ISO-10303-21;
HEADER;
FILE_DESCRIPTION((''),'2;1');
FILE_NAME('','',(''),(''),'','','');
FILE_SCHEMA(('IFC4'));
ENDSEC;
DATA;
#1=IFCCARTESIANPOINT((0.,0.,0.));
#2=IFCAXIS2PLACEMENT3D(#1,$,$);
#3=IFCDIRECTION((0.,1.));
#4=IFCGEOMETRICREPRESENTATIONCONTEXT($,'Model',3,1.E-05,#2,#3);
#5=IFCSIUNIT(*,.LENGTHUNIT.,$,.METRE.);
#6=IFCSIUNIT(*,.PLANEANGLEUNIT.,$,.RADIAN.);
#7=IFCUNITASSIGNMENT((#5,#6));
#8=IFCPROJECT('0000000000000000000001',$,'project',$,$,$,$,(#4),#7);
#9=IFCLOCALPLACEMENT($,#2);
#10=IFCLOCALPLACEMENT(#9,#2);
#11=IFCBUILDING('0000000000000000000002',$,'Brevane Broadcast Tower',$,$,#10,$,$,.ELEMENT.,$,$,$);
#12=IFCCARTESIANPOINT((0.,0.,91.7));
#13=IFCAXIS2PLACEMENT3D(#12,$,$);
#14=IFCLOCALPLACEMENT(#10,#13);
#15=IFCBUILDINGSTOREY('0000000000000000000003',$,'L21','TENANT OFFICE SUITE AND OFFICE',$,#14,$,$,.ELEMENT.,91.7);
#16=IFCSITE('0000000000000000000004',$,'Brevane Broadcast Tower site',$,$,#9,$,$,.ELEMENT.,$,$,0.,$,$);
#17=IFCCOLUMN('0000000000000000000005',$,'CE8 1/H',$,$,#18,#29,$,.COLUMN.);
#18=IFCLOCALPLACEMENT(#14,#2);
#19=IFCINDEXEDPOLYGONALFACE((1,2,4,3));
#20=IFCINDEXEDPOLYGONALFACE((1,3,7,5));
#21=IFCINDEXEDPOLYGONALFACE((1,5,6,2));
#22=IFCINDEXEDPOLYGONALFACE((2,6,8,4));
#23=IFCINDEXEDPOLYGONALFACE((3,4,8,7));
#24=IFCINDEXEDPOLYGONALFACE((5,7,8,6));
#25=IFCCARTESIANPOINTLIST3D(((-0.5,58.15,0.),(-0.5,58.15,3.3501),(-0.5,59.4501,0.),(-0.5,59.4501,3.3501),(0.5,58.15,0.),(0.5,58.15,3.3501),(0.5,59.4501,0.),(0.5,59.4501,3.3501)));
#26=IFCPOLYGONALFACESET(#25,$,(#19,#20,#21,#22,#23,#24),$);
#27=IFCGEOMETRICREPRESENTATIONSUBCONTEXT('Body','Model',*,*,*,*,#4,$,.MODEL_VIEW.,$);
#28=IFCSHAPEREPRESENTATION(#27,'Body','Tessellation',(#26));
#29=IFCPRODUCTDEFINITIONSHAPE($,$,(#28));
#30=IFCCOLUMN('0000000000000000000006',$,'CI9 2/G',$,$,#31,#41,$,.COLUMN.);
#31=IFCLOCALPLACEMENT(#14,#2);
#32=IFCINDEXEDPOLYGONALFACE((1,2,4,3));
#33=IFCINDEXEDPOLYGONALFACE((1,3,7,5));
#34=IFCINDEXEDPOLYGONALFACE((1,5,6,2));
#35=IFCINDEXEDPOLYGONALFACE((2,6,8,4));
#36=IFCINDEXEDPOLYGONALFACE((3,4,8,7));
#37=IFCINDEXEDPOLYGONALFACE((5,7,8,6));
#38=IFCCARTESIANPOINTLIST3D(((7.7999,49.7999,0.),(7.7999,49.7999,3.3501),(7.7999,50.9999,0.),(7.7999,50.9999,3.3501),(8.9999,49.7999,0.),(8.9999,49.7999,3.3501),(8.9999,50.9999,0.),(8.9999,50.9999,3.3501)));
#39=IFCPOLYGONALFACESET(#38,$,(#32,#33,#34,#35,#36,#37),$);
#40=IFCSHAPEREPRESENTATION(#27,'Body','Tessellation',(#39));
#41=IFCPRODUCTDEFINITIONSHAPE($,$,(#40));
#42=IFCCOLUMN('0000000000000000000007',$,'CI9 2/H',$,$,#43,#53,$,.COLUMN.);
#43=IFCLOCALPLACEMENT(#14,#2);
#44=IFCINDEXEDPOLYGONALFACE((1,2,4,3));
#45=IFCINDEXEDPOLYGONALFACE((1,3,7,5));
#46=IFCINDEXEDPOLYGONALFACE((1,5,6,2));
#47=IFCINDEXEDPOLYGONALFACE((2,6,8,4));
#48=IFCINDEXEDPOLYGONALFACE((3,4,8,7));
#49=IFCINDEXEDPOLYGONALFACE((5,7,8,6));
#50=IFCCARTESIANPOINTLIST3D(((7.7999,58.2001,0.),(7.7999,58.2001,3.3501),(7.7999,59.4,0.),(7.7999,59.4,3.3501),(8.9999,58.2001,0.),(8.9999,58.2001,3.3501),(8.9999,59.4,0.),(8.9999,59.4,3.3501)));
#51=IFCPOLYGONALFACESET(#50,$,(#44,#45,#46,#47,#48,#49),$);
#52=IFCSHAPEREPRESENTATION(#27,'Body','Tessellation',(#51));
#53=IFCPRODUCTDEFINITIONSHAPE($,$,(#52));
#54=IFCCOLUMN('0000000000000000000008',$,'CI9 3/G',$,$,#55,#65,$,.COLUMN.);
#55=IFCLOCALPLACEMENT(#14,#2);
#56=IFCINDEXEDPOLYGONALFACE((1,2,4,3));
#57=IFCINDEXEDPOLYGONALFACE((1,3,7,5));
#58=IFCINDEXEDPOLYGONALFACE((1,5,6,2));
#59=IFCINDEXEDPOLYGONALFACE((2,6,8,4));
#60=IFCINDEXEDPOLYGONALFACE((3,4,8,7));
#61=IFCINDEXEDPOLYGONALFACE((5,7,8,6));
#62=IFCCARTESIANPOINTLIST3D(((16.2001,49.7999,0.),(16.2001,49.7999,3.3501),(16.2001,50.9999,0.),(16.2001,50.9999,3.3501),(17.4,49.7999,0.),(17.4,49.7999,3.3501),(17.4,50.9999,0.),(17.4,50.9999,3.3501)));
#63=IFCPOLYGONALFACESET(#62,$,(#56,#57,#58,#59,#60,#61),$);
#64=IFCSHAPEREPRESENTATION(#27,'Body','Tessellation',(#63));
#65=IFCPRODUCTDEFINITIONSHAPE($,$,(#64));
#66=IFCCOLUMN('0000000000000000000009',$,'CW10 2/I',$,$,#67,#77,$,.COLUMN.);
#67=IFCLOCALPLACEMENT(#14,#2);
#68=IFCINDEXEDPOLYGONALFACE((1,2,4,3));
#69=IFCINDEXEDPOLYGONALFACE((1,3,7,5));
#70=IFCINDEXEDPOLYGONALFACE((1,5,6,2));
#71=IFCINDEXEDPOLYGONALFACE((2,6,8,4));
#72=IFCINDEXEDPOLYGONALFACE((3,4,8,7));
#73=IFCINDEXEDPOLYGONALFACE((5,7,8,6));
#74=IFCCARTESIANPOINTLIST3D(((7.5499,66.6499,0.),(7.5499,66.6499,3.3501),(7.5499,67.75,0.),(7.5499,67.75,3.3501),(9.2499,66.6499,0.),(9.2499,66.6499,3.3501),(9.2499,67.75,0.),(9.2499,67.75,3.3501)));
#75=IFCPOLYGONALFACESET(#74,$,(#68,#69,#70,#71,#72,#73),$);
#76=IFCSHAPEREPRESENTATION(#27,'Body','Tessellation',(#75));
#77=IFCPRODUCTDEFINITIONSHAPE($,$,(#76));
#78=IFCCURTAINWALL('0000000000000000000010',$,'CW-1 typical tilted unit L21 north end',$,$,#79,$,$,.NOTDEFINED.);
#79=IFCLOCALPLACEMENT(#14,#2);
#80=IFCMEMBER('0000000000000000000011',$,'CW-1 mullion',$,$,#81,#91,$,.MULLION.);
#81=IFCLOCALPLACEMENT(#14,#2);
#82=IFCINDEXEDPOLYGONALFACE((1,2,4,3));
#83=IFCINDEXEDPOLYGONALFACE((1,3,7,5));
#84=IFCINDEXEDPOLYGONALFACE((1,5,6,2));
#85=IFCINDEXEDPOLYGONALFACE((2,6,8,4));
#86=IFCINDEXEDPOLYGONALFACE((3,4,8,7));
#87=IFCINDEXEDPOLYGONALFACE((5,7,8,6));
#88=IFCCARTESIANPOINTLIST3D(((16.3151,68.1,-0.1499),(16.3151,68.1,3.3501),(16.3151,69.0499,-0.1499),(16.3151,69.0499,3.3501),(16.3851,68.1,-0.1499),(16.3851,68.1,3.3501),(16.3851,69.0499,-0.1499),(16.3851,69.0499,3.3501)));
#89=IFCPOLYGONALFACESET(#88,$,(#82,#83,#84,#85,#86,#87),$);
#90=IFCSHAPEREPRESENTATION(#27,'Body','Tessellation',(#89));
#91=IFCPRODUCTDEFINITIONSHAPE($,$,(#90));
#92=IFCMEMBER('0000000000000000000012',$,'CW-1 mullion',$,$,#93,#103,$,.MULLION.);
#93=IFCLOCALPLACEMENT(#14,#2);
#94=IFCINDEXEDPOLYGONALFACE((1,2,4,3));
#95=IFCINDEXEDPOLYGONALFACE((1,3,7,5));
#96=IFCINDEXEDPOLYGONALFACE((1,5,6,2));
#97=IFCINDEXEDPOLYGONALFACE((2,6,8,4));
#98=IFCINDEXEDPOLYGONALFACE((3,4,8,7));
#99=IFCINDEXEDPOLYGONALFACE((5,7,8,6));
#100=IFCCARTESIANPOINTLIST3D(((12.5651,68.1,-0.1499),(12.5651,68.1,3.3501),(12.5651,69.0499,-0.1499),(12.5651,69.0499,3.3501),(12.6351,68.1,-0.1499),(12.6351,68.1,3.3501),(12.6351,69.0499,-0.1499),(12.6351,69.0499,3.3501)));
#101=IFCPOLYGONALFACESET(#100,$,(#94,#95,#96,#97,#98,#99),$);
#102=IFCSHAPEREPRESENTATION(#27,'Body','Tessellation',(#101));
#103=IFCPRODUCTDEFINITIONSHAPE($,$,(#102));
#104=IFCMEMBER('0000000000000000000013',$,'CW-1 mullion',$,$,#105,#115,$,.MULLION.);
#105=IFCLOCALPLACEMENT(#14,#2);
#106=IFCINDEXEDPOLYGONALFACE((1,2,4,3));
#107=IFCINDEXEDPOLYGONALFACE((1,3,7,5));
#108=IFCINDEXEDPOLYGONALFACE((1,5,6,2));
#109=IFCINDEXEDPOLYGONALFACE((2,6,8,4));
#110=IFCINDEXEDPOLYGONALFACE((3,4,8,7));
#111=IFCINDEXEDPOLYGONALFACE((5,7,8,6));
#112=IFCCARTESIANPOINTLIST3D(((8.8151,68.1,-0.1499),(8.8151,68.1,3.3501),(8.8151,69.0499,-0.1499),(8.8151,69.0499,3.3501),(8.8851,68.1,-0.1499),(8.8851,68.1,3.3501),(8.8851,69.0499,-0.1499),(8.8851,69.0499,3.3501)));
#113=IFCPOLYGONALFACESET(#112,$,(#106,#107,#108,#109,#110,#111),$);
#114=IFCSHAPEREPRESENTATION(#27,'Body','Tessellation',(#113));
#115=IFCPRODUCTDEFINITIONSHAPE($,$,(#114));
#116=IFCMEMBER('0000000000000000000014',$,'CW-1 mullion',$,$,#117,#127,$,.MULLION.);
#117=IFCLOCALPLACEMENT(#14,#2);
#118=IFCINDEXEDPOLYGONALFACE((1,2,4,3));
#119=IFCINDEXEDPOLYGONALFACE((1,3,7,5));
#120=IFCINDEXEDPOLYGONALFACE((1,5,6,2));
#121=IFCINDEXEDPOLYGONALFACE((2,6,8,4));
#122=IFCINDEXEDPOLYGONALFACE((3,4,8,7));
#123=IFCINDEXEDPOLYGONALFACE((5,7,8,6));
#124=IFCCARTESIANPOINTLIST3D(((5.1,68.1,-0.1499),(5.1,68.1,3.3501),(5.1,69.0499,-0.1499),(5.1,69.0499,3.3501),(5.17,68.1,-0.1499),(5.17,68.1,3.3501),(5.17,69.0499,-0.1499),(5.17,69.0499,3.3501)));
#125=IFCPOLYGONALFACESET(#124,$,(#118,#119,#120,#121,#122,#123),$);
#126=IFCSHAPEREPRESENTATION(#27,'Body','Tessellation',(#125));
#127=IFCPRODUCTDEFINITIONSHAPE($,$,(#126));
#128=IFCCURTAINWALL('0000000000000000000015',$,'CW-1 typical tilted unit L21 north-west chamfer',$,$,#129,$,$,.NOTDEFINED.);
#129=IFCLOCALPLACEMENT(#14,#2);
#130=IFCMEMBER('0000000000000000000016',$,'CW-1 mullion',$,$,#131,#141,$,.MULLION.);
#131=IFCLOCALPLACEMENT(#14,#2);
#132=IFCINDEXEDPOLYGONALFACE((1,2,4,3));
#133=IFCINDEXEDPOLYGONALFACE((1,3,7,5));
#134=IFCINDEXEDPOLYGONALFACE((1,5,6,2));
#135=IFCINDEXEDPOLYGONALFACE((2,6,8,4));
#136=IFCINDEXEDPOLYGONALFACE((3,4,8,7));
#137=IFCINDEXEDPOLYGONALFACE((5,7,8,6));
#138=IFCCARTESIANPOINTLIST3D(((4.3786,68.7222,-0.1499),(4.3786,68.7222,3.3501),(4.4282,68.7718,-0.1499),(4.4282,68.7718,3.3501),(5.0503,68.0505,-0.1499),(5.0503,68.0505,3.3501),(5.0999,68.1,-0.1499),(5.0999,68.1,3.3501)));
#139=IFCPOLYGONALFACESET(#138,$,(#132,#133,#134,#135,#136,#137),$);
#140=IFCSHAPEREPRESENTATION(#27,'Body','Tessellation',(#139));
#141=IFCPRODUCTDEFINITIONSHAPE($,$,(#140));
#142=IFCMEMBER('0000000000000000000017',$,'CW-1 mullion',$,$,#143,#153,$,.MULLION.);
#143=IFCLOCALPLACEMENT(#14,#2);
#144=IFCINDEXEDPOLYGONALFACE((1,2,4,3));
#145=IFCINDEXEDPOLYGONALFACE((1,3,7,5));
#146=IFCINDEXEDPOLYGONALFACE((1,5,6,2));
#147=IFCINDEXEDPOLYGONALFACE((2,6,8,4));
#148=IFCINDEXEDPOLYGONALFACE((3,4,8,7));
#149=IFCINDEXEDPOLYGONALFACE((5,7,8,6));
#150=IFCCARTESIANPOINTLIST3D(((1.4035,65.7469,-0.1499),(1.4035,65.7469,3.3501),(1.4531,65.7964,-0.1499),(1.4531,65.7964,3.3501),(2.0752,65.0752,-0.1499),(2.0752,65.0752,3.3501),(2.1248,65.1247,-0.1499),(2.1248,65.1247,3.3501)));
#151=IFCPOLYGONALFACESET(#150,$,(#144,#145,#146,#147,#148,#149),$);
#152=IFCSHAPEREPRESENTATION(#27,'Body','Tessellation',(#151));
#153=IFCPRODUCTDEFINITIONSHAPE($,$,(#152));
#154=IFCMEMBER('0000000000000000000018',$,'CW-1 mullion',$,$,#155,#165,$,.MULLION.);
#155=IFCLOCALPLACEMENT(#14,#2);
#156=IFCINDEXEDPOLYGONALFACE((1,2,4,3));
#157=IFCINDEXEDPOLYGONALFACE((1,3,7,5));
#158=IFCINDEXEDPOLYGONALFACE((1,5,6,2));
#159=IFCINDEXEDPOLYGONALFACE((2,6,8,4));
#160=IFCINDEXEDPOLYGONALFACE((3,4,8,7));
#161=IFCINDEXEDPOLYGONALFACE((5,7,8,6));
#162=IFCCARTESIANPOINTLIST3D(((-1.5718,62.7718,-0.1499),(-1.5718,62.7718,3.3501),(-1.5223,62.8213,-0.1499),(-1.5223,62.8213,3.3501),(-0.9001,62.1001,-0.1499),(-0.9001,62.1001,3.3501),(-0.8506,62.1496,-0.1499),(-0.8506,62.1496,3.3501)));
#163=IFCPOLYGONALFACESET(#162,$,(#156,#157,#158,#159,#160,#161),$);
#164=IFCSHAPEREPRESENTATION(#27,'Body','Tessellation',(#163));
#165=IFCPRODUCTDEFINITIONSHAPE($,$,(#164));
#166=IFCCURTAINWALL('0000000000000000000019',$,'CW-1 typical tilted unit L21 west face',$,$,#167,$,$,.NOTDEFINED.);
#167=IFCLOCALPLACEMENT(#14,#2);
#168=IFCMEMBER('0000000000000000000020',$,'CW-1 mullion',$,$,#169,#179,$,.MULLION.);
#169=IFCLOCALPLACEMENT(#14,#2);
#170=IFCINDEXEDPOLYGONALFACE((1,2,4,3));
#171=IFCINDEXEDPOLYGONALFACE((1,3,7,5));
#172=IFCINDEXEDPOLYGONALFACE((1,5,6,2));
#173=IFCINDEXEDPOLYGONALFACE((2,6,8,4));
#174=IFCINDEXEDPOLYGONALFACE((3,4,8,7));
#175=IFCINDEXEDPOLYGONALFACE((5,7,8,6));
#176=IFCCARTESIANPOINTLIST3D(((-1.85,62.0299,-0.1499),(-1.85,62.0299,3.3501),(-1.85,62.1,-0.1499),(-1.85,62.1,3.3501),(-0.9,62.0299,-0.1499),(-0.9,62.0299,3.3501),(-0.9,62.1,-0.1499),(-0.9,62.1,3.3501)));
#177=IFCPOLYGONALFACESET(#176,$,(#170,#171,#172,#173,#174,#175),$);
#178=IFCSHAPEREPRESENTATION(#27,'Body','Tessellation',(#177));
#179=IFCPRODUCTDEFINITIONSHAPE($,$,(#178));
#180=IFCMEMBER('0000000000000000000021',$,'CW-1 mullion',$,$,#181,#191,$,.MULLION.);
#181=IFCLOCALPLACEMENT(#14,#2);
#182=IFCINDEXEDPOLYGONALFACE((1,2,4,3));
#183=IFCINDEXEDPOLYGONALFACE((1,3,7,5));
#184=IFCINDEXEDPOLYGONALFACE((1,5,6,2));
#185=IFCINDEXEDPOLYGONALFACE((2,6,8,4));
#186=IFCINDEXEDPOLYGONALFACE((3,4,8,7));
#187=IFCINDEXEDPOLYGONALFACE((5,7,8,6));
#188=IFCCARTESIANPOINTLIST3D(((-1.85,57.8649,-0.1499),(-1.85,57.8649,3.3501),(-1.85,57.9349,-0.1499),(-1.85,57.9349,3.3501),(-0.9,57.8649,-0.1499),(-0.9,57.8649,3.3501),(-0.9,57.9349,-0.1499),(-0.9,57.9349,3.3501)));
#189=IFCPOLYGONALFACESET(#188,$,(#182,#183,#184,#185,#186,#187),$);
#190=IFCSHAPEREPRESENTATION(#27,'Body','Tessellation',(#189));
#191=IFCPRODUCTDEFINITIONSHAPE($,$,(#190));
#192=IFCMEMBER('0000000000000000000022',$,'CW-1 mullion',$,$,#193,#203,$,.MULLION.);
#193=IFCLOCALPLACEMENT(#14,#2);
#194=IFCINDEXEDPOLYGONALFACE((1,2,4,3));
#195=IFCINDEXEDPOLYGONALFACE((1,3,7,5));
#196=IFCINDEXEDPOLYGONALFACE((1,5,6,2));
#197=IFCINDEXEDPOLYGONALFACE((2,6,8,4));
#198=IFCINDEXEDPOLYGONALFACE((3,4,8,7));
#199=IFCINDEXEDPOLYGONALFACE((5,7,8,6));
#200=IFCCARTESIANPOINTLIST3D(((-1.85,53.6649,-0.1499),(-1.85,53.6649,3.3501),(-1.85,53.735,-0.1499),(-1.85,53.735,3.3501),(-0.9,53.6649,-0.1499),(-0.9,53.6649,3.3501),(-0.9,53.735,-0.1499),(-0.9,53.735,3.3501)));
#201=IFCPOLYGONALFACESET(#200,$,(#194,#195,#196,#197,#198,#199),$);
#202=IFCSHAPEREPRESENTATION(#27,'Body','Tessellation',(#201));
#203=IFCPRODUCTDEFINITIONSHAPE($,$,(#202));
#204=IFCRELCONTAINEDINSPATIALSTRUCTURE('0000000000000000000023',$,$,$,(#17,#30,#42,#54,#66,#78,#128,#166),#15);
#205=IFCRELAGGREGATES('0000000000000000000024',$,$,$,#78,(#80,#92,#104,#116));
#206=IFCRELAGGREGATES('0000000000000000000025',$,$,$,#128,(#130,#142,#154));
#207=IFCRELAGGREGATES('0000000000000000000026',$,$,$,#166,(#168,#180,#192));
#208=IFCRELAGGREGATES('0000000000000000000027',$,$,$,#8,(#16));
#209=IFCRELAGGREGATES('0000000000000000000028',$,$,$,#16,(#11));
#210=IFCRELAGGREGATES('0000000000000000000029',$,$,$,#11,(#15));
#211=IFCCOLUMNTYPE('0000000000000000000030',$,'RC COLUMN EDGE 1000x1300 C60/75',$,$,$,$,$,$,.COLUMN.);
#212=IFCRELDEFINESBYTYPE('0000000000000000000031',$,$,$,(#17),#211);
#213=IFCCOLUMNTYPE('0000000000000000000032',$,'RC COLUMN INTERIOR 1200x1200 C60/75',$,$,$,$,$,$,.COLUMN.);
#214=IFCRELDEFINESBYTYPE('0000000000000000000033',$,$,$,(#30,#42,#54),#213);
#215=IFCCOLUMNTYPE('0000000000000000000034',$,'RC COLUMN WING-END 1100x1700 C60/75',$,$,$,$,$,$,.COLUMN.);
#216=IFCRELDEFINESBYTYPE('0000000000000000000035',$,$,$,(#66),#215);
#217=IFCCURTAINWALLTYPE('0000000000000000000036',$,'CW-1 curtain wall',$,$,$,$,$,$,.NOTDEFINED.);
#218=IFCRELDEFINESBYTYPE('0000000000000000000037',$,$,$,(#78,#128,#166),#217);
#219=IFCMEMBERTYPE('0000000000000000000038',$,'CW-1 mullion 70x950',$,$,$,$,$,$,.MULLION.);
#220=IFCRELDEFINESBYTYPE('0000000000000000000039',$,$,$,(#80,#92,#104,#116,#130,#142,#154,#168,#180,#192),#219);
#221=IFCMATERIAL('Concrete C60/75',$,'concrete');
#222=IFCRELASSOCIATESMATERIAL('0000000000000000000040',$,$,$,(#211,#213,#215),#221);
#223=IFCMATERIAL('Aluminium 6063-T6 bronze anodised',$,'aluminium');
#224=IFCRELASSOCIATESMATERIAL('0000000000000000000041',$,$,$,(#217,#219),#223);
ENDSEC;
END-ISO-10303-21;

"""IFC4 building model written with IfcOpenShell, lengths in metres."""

from ifc_helpers import new_model, si_unit, direction, frame, origin, origin_2d, place, context, subcontext, project, spatial, rectangle, extrude, material, material_profile, profile_set, type_object, element, aggregate, save


model = new_model("IFC4")

# Units and contexts
model_context = context("Model", 3, precision=1e-05, world=origin(), true_north=direction((0.0, 1.0)))
body_context = subcontext(model_context, "Body", "Model", "MODEL_VIEW")
ifc_project = project(units=[si_unit("LENGTHUNIT", "METRE"), si_unit("PLANEANGLEUNIT", "RADIAN")], contexts=[model_context])

# Site, building, storey
site_placement = place(None, origin())
site = spatial("IfcSite", under=ifc_project, at=site_placement, Name="Brevane Broadcast Tower site", CompositionType="ELEMENT", RefElevation=0.0)
building_placement = place(site_placement, origin())
building = spatial("IfcBuilding", under=site, at=building_placement, Name="Brevane Broadcast Tower", CompositionType="ELEMENT")
storey_placement = place(building_placement, frame((0.0, 0.0, 91.7)))
storey = spatial("IfcBuildingStorey", under=building, at=storey_placement, Name="L21", Description="TENANT OFFICE SUITE AND OFFICE", CompositionType="ELEMENT", Elevation=91.7)

# Columns
ifc_material_1 = material(Name="Concrete C60/75", Category="concrete")
ifc_material_profile_1 = material_profile(ifc_material_1, rectangle(XDim=1.0, YDim=1.3, at=origin_2d()), Name="RC 1000x1300")
ifc_profile_set_1 = profile_set([ifc_material_profile_1], Name="Concrete C60/75")
column_type_1 = type_object("IfcColumnType", Name="RC COLUMN EDGE 1000x1300 C60/75", PredefinedType="COLUMN", material=ifc_profile_set_1)
column_1_placement = place(storey_placement, frame((0.0, 58.8, 0.0), z_axis=(0.0, 0.0, 1.0), x_axis=(1.0, 0.0, 0.0)))
element("IfcColumn", 1, at=column_1_placement, inside=storey, type_object=column_type_1, Name="CE8 1/H", PredefinedType="COLUMN", context=body_context, shape_type="SweptSolid", body=[
    extrude(rectangle(XDim=1.0, YDim=1.3, at=origin_2d()), origin(), (0.0, 0.0, 1.0), 3.3501),
])
ifc_material_profile_2 = material_profile(ifc_material_1, rectangle(XDim=1.2, YDim=1.2, at=origin_2d()), Name="RC 1200x1200")
ifc_profile_set_2 = profile_set([ifc_material_profile_2], Name="Concrete C60/75")
column_type_2 = type_object("IfcColumnType", Name="RC COLUMN INTERIOR 1200x1200 C60/75", PredefinedType="COLUMN", material=ifc_profile_set_2)
for number, where, z_axis, x_axis, name in (
    (2, (8.3999, 50.3999, 0.0), (0.0, 0.0, 1.0), (1.0, 0.0, 0.0), "CI9 2/G"),
    (3, (8.3999, 58.8, 0.0), (0.0, 0.0, 1.0), (1.0, 0.0, 0.0), "CI9 2/H"),
    (4, (16.8, 50.3999, 0.0), (0.0, 0.0, 1.0), (1.0, 0.0, 0.0), "CI9 3/G"),
):
    element("IfcColumn", number, at=place(storey_placement, frame(where, z_axis=z_axis, x_axis=x_axis)), inside=storey, type_object=column_type_2, Name=name, PredefinedType="COLUMN", context=body_context, shape_type="SweptSolid", body=[
        extrude(rectangle(XDim=1.2, YDim=1.2, at=origin_2d()), origin(), (0.0, 0.0, 1.0), 3.3501),
    ])
ifc_material_profile_3 = material_profile(ifc_material_1, rectangle(XDim=1.1001, YDim=1.7, at=origin_2d()), Name="RC 1100x1700")
ifc_profile_set_3 = profile_set([ifc_material_profile_3], Name="Concrete C60/75")
column_type_3 = type_object("IfcColumnType", Name="RC COLUMN WING-END 1100x1700 C60/75", PredefinedType="COLUMN", material=ifc_profile_set_3)
column_2_placement = place(storey_placement, frame((8.3999, 67.2, 0.0), z_axis=(0.0, 0.0, 1.0), x_axis=(0.0, 1.0, 0.0)))
element("IfcColumn", 5, at=column_2_placement, inside=storey, type_object=column_type_3, Name="CW10 2/I", PredefinedType="COLUMN", context=body_context, shape_type="SweptSolid", body=[
    extrude(rectangle(XDim=1.1001, YDim=1.7, at=origin_2d()), origin(), (0.0, 0.0, 1.0), 3.3501),
])

# Curtain walls, members
ifc_material_2 = material(Name="Aluminium 6063-T6 bronze anodised", Category="aluminium")
curtain_wall_type = type_object("IfcCurtainWallType", Name="CW-1 curtain wall", PredefinedType="NOTDEFINED", material=ifc_material_2)
curtain_wall_1_placement = place(storey_placement, origin())
curtain_wall_1 = element("IfcCurtainWall", 6, at=curtain_wall_1_placement, inside=storey, type_object=curtain_wall_type, Name="CW-1 typical tilted unit L21 north end", PredefinedType="NOTDEFINED")
ifc_material_profile_4 = material_profile(ifc_material_2, rectangle(XDim=0.95, YDim=0.0701, at=origin_2d()), Name="RECT 70x950")
ifc_profile_set_4 = profile_set([ifc_material_profile_4], Name="Aluminium 6063-T6 bronze anodised")
member_type_1 = type_object("IfcMemberType", Name="CW-1 mullion 70x950", PredefinedType="MULLION", material=ifc_profile_set_4)
member_1_placement = place(storey_placement, frame((16.3501, 68.575, -0.1499), z_axis=(0.0, 0.0, 1.0), x_axis=(0.0, -1.0, 0.0)))
member_1 = element("IfcMember", 7, at=member_1_placement, type_object=member_type_1, Name="CW-1 mullion", PredefinedType="MULLION", context=body_context, shape_type="SweptSolid", body=[
    extrude(rectangle(XDim=0.95, YDim=0.0701, at=origin_2d()), origin(), (0.0, 0.0, 1.0), 3.5),
])
member_2_placement = place(storey_placement, frame((12.6001, 68.575, -0.1499), z_axis=(0.0, 0.0, 1.0), x_axis=(0.0, -1.0, 0.0)))
member_2 = element("IfcMember", 8, at=member_2_placement, type_object=member_type_1, Name="CW-1 mullion", PredefinedType="MULLION", context=body_context, shape_type="SweptSolid", body=[
    extrude(rectangle(XDim=0.95, YDim=0.0701, at=origin_2d()), origin(), (0.0, 0.0, 1.0), 3.5),
])
member_3_placement = place(storey_placement, frame((8.8501, 68.575, -0.1499), z_axis=(0.0, 0.0, 1.0), x_axis=(0.0, -1.0, 0.0)))
member_3 = element("IfcMember", 9, at=member_3_placement, type_object=member_type_1, Name="CW-1 mullion", PredefinedType="MULLION", context=body_context, shape_type="SweptSolid", body=[
    extrude(rectangle(XDim=0.95, YDim=0.0701, at=origin_2d()), origin(), (0.0, 0.0, 1.0), 3.5),
])
member_4_placement = place(storey_placement, frame((5.135, 68.575, -0.1499), z_axis=(0.0, 0.0, 1.0), x_axis=(0.0, -1.0, 0.0)))
member_4 = element("IfcMember", 10, at=member_4_placement, type_object=member_type_1, Name="CW-1 mullion", PredefinedType="MULLION", context=body_context, shape_type="SweptSolid", body=[
    extrude(rectangle(XDim=0.95, YDim=0.0701, at=origin_2d()), origin(), (0.0, 0.0, 1.0), 3.5),
])
aggregate(curtain_wall_1, [member_1, member_2, member_3, member_4])
curtain_wall_2_placement = place(storey_placement, origin())
curtain_wall_2 = element("IfcCurtainWall", 11, at=curtain_wall_2_placement, inside=storey, type_object=curtain_wall_type, Name="CW-1 typical tilted unit L21 north-west chamfer", PredefinedType="NOTDEFINED")
member_5_placement = place(storey_placement, frame((4.7393, 68.4111, -0.1499), z_axis=(0.0, 0.0, 1.0), x_axis=(0.707107, -0.707107, 0.0)))
member_5 = element("IfcMember", 12, at=member_5_placement, type_object=member_type_1, Name="CW-1 mullion", PredefinedType="MULLION", context=body_context, shape_type="SweptSolid", body=[
    extrude(rectangle(XDim=0.95, YDim=0.0701, at=origin_2d()), origin(), (0.0, 0.0, 1.0), 3.5),
])
member_6_placement = place(storey_placement, frame((1.7642, 65.4358, -0.1499), z_axis=(0.0, 0.0, 1.0), x_axis=(0.707107, -0.707107, 0.0)))
member_6 = element("IfcMember", 13, at=member_6_placement, type_object=member_type_1, Name="CW-1 mullion", PredefinedType="MULLION", context=body_context, shape_type="SweptSolid", body=[
    extrude(rectangle(XDim=0.95, YDim=0.0701, at=origin_2d()), origin(), (0.0, 0.0, 1.0), 3.5),
])
member_7_placement = place(storey_placement, frame((-1.2112, 62.4607, -0.1499), z_axis=(0.0, 0.0, 1.0), x_axis=(0.707107, -0.707107, 0.0)))
member_7 = element("IfcMember", 14, at=member_7_placement, type_object=member_type_1, Name="CW-1 mullion", PredefinedType="MULLION", context=body_context, shape_type="SweptSolid", body=[
    extrude(rectangle(XDim=0.95, YDim=0.0701, at=origin_2d()), origin(), (0.0, 0.0, 1.0), 3.5),
])
curtain_wall_3_placement = place(storey_placement, origin())
curtain_wall_3 = element("IfcCurtainWall", 15, at=curtain_wall_3_placement, inside=storey, type_object=curtain_wall_type, Name="CW-1 typical tilted unit L21 west face", PredefinedType="NOTDEFINED")
member_8_placement = place(storey_placement, frame((-1.375, 62.0649, -0.1499), z_axis=(0.0, 0.0, 1.0), x_axis=(1.0, 0.0, 0.0)))
member_8 = element("IfcMember", 16, at=member_8_placement, type_object=member_type_1, Name="CW-1 mullion", PredefinedType="MULLION", context=body_context, shape_type="SweptSolid", body=[
    extrude(rectangle(XDim=0.95, YDim=0.0701, at=origin_2d()), origin(), (0.0, 0.0, 1.0), 3.5),
])
member_9_placement = place(storey_placement, frame((-1.375, 57.8999, -0.1499), z_axis=(0.0, 0.0, 1.0), x_axis=(1.0, 0.0, 0.0)))
member_9 = element("IfcMember", 17, at=member_9_placement, type_object=member_type_1, Name="CW-1 mullion", PredefinedType="MULLION", context=body_context, shape_type="SweptSolid", body=[
    extrude(rectangle(XDim=0.95, YDim=0.0701, at=origin_2d()), origin(), (0.0, 0.0, 1.0), 3.5),
])
member_10_placement = place(storey_placement, frame((-1.375, 53.7, -0.1499), z_axis=(0.0, 0.0, 1.0), x_axis=(1.0, 0.0, 0.0)))
member_10 = element("IfcMember", 18, at=member_10_placement, type_object=member_type_1, Name="CW-1 mullion", PredefinedType="MULLION", context=body_context, shape_type="SweptSolid", body=[
    extrude(rectangle(XDim=0.95, YDim=0.0701, at=origin_2d()), origin(), (0.0, 0.0, 1.0), 3.5),
])

aggregate(curtain_wall_2, [member_5, member_6, member_7])
aggregate(curtain_wall_3, [member_8, member_9, member_10])

save(model, "model.ifc")
